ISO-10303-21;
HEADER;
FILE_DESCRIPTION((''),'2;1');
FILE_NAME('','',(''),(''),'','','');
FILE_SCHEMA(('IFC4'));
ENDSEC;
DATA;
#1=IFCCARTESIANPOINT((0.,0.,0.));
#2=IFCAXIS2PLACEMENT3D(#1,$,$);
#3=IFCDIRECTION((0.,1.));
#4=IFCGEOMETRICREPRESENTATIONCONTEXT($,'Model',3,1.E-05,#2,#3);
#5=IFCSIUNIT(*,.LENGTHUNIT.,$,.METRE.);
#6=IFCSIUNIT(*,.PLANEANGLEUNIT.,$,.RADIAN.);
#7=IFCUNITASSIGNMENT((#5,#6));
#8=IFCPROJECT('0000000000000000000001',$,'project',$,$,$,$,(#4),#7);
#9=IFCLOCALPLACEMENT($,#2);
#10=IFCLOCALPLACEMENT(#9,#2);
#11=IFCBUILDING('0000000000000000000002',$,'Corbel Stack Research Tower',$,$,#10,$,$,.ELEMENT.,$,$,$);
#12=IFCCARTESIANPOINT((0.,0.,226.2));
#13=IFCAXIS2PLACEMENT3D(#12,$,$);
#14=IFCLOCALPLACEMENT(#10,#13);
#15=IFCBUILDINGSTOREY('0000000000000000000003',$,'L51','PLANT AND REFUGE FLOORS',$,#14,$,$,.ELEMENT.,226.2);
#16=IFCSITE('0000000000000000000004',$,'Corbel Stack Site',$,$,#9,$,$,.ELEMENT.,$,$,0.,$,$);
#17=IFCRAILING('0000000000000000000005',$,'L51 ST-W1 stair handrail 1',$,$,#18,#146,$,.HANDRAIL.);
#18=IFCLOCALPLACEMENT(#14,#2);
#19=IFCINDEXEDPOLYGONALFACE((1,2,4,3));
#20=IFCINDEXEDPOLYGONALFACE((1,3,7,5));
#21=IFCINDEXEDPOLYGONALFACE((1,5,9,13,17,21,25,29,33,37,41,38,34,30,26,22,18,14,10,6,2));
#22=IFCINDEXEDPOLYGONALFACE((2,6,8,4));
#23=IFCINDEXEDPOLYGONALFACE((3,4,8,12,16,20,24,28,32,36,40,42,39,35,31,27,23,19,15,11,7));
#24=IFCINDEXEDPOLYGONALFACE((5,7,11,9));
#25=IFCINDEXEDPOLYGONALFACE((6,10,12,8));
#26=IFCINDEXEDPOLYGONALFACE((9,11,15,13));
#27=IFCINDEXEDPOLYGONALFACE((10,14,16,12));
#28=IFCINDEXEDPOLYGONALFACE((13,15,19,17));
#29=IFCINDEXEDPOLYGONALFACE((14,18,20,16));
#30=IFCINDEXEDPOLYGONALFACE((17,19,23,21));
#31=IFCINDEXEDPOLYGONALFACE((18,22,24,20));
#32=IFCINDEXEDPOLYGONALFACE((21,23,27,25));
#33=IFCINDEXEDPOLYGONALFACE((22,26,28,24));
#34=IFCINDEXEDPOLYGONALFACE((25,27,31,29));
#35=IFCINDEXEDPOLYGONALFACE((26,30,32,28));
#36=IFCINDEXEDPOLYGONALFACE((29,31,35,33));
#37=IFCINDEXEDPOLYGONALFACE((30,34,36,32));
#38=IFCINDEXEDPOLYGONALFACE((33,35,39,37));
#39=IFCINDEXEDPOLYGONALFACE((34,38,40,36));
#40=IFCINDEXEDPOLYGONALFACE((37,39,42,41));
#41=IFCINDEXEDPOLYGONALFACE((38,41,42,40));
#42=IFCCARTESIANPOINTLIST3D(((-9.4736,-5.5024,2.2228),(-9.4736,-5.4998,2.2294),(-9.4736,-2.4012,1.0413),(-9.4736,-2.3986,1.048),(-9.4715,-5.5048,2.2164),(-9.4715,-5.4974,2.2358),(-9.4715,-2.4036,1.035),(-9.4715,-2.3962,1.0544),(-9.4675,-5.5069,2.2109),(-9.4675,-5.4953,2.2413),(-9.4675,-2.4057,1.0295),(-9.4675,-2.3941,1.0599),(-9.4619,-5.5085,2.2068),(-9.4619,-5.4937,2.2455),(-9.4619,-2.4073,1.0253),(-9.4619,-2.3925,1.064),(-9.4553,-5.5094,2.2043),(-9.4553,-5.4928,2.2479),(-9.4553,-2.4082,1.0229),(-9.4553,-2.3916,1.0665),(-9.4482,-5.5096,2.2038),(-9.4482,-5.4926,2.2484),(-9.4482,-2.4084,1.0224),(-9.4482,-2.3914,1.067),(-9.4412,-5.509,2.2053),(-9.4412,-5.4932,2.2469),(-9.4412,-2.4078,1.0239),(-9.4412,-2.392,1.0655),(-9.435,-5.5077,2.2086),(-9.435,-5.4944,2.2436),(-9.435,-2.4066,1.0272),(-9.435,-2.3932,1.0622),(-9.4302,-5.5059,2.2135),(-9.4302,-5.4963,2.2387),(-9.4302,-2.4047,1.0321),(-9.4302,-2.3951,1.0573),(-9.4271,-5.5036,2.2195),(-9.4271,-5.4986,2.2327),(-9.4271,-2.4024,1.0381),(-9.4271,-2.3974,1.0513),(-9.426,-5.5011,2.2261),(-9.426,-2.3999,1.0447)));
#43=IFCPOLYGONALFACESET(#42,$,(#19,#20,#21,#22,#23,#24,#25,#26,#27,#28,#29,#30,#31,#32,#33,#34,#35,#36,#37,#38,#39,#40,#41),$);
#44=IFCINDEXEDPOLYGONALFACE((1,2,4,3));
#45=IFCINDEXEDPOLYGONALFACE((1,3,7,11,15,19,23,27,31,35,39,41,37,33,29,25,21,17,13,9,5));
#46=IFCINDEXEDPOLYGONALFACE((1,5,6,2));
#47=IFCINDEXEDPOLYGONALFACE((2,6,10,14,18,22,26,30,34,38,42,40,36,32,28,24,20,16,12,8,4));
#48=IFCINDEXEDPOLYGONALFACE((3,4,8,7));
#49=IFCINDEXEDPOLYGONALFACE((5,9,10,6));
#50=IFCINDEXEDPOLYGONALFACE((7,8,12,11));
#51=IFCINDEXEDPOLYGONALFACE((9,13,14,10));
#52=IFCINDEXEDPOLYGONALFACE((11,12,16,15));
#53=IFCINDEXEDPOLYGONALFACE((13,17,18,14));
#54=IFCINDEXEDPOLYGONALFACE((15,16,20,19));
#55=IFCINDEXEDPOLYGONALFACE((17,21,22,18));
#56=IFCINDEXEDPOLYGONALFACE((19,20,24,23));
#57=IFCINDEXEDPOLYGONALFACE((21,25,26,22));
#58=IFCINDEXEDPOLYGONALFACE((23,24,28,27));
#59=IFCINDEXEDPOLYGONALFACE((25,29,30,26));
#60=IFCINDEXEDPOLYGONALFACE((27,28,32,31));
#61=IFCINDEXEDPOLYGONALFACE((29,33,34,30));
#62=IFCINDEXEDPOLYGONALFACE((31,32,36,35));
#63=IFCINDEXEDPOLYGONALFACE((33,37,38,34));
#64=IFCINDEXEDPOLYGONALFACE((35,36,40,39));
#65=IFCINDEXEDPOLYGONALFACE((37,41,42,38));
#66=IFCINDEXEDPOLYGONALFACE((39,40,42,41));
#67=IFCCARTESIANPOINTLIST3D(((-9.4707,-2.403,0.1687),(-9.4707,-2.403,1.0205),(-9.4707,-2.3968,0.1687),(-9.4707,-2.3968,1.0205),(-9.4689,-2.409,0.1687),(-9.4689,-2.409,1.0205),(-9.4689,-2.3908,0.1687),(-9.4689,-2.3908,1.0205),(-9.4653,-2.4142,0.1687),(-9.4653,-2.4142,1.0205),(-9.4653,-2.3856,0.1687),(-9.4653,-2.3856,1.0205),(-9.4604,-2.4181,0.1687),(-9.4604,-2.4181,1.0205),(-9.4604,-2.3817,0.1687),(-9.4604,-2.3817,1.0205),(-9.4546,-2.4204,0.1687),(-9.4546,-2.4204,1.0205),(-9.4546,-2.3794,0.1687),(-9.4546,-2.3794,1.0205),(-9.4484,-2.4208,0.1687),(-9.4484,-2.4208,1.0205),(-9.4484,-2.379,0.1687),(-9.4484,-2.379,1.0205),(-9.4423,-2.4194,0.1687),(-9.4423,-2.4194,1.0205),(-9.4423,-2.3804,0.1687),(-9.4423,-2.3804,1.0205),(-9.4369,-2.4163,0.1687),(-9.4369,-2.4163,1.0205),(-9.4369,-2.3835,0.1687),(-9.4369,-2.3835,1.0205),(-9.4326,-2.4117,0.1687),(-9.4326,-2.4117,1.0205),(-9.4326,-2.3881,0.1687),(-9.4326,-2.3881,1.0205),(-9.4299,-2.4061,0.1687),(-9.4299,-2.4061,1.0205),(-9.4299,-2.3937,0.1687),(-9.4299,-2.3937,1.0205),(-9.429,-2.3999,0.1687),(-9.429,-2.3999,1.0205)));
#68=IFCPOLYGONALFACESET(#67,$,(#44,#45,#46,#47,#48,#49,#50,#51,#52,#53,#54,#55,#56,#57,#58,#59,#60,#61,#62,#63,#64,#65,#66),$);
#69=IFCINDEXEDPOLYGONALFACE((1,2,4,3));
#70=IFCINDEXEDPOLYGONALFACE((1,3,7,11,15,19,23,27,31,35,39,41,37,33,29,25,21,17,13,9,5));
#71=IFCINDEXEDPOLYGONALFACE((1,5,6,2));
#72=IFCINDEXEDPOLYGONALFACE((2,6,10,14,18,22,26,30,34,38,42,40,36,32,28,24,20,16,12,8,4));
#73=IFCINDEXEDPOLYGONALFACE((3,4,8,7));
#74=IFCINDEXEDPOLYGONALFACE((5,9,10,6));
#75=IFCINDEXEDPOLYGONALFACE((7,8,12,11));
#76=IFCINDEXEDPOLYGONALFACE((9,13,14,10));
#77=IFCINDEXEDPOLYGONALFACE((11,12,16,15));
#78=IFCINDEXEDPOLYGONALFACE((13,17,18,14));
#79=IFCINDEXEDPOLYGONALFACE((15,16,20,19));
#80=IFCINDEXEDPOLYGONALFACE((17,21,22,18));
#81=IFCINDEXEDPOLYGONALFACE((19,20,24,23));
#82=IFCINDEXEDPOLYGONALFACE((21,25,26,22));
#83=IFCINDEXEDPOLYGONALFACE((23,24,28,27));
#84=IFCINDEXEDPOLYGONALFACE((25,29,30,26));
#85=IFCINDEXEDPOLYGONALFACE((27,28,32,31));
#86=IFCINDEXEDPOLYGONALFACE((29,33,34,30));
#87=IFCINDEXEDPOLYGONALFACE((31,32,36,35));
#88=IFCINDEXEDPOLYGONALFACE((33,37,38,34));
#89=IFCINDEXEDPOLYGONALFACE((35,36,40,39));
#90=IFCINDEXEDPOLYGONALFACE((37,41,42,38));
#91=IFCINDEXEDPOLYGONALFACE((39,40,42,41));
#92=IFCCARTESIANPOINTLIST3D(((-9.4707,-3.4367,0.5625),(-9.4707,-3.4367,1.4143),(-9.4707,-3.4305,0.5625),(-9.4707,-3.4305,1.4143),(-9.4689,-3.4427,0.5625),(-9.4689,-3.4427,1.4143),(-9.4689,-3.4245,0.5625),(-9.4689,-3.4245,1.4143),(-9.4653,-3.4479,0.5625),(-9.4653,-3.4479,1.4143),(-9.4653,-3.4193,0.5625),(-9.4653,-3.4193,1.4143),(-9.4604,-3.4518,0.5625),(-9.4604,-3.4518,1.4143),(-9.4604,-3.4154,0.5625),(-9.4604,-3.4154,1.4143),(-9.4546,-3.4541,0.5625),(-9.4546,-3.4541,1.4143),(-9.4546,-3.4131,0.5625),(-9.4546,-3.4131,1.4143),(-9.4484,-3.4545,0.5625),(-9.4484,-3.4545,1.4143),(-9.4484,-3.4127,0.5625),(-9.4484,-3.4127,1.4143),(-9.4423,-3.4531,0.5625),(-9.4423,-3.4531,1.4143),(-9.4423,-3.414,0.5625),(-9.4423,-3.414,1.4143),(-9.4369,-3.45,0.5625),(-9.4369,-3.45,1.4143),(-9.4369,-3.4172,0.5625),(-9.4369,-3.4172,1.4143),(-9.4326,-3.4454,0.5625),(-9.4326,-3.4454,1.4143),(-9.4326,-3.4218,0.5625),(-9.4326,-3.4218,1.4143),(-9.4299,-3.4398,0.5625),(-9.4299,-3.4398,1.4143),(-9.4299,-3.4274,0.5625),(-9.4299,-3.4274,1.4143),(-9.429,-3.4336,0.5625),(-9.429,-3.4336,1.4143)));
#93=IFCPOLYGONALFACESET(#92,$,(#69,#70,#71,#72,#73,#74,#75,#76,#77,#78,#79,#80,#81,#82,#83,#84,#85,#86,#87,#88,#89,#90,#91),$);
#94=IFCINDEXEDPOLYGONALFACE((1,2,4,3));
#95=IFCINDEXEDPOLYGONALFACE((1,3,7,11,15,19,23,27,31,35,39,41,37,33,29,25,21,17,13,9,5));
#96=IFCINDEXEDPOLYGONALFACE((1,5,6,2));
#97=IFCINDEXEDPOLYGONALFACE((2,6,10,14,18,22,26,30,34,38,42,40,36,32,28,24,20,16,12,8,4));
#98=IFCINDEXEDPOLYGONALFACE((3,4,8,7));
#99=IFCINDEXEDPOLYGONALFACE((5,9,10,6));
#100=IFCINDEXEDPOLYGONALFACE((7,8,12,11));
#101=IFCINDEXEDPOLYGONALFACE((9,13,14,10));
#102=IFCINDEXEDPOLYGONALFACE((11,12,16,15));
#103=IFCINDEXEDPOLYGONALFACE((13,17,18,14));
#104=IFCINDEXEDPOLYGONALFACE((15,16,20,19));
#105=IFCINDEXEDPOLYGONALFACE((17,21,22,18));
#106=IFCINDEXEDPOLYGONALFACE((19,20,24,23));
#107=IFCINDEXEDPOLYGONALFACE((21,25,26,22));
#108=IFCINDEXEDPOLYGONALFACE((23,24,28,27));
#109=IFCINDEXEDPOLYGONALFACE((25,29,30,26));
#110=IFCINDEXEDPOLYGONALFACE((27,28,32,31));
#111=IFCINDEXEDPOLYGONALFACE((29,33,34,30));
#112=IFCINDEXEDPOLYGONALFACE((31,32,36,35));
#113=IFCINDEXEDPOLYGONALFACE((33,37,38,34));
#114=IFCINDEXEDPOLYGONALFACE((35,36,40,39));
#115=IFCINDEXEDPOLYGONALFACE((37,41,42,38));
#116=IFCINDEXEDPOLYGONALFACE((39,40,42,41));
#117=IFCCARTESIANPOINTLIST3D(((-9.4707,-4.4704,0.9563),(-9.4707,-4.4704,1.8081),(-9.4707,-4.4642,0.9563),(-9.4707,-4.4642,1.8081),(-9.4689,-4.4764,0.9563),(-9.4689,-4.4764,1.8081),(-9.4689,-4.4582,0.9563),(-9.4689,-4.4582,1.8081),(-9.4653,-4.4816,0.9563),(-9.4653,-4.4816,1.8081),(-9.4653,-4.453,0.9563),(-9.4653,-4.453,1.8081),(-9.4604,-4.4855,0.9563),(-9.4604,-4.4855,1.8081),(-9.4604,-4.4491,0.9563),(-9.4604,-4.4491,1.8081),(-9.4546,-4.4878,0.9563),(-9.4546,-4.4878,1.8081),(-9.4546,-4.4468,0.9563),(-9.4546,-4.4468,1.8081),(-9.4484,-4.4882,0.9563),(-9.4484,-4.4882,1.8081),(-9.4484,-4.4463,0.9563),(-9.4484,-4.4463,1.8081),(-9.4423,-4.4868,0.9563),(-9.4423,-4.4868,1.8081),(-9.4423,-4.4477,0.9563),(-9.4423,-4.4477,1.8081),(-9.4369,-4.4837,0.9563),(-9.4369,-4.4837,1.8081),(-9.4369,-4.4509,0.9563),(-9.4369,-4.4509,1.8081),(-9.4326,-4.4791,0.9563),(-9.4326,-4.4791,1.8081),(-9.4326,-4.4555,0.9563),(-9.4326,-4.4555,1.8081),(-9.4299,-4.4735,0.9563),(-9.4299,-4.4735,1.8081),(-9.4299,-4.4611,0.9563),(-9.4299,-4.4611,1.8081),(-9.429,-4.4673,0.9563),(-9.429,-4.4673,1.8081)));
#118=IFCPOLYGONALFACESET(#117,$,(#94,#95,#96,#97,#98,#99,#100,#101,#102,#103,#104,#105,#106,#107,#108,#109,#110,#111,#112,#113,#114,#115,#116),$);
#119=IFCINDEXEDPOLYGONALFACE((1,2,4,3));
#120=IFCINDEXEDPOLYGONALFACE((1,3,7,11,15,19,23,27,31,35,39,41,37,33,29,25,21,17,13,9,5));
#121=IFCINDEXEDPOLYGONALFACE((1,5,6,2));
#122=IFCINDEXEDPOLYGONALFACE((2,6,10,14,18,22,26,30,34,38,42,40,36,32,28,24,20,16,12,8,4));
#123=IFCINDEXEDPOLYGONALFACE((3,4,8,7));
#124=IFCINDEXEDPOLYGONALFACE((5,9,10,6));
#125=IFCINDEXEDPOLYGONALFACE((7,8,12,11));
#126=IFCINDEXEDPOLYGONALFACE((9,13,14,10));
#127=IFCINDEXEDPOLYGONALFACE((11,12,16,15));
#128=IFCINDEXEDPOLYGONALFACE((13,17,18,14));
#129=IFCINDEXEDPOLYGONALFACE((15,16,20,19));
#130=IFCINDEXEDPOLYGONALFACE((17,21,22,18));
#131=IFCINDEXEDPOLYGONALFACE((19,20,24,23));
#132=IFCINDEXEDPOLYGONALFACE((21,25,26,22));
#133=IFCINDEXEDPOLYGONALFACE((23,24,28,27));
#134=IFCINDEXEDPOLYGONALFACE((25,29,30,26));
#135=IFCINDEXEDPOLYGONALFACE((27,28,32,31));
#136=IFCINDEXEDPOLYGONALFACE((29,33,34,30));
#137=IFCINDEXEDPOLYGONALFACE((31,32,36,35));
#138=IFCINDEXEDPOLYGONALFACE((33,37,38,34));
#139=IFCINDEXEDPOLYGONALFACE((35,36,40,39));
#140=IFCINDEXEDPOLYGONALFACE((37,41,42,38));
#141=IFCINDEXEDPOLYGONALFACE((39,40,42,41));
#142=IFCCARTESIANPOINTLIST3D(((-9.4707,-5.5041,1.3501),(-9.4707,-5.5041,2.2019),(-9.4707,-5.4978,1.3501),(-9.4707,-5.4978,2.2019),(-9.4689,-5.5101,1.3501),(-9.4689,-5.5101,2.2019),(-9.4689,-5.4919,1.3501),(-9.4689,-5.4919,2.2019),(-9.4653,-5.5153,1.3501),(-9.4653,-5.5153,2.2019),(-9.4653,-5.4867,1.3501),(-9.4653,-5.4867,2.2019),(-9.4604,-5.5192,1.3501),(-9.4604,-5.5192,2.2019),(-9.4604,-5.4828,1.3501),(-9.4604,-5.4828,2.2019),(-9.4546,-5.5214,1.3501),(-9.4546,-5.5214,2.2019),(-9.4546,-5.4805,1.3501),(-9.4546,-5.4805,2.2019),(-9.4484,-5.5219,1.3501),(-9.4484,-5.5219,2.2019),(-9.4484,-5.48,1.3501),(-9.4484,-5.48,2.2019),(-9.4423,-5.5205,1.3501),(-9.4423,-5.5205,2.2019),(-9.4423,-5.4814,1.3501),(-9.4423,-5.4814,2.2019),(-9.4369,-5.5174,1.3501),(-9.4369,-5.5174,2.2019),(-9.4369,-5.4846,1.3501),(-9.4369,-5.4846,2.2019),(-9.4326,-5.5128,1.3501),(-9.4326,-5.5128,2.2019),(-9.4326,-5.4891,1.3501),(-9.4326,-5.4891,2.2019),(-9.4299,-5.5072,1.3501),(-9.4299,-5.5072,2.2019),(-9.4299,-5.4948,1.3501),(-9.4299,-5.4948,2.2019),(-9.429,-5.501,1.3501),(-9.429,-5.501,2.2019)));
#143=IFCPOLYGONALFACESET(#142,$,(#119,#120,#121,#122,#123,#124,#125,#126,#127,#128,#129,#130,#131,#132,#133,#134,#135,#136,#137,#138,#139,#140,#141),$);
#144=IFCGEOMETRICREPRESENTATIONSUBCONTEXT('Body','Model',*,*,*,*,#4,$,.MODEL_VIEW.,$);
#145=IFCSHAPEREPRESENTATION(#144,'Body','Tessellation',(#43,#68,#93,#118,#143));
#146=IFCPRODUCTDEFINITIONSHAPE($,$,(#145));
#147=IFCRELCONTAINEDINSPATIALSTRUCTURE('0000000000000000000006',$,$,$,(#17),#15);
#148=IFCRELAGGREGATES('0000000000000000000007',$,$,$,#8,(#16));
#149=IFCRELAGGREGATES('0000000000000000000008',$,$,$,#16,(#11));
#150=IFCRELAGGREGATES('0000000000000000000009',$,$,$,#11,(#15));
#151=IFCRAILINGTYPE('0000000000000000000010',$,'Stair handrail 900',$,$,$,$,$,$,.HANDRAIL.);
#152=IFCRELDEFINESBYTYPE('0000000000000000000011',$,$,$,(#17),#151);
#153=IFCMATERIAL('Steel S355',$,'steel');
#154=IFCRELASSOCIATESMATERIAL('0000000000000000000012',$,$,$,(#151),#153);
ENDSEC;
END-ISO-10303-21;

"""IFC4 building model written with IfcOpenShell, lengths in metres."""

from ifc_helpers import new_model, si_unit, direction, frame, origin, origin_2d, place, context, subcontext, project, spatial, circle, extrude, material, type_object, element, save


model = new_model("IFC4")

# Units and contexts
model_context = context("Model", 3, precision=1e-05, world=origin(), true_north=direction((0.0, 1.0)))
body_context = subcontext(model_context, "Body", "Model", "MODEL_VIEW")
ifc_project = project(units=[si_unit("LENGTHUNIT", "METRE"), si_unit("PLANEANGLEUNIT", "RADIAN")], contexts=[model_context])

# Site, building, storey
site_placement = place(None, origin())
site = spatial("IfcSite", under=ifc_project, at=site_placement, Name="Corbel Stack Site", CompositionType="ELEMENT", RefElevation=0.0)
building_placement = place(site_placement, origin())
building = spatial("IfcBuilding", under=site, at=building_placement, Name="Corbel Stack Research Tower", CompositionType="ELEMENT")
storey_placement = place(building_placement, frame((0.0, 0.0, 226.2)))
storey = spatial("IfcBuildingStorey", under=building, at=storey_placement, Name="L51", Description="PLANT AND REFUGE FLOORS", CompositionType="ELEMENT", Elevation=226.2)

# Railing
ifc_material_1 = material(Name="Steel S355", Category="steel")
railing_type_1 = type_object("IfcRailingType", Name="Stair handrail 900", PredefinedType="HANDRAIL", material=ifc_material_1)
railing_1_placement = place(storey_placement, frame((-9.45, -2.3999, 0.1687)))
element("IfcRailing", 1, at=railing_1_placement, inside=storey, type_object=railing_type_1, Name="L51 ST-W1 stair handrail 1", PredefinedType="HANDRAIL", context=body_context, shape_type="SweptSolid", body=[
    extrude(circle(Radius=0.0239, at=origin_2d()), frame((0.0, 0.0, 0.876), z_axis=(0.0, -0.934484, 0.356005), x_axis=(1.0, 0.0, 0.0)), (0.0, 0.0, 1.0), 3.3186),
    extrude(circle(Radius=0.021, at=origin_2d()), origin(), (0.0, 0.0, 1.0), 0.8518),
    extrude(circle(Radius=0.021, at=origin_2d()), frame((0.0, -1.0337, 0.3938)), (0.0, 0.0, 1.0), 0.8518),
    extrude(circle(Radius=0.021, at=origin_2d()), frame((0.0, -2.0674, 0.7876)), (0.0, 0.0, 1.0), 0.8518),
    extrude(circle(Radius=0.021, at=origin_2d()), frame((0.0, -3.1011, 1.1814)), (0.0, 0.0, 1.0), 0.8518),
])

save(model, "model.ifc")
